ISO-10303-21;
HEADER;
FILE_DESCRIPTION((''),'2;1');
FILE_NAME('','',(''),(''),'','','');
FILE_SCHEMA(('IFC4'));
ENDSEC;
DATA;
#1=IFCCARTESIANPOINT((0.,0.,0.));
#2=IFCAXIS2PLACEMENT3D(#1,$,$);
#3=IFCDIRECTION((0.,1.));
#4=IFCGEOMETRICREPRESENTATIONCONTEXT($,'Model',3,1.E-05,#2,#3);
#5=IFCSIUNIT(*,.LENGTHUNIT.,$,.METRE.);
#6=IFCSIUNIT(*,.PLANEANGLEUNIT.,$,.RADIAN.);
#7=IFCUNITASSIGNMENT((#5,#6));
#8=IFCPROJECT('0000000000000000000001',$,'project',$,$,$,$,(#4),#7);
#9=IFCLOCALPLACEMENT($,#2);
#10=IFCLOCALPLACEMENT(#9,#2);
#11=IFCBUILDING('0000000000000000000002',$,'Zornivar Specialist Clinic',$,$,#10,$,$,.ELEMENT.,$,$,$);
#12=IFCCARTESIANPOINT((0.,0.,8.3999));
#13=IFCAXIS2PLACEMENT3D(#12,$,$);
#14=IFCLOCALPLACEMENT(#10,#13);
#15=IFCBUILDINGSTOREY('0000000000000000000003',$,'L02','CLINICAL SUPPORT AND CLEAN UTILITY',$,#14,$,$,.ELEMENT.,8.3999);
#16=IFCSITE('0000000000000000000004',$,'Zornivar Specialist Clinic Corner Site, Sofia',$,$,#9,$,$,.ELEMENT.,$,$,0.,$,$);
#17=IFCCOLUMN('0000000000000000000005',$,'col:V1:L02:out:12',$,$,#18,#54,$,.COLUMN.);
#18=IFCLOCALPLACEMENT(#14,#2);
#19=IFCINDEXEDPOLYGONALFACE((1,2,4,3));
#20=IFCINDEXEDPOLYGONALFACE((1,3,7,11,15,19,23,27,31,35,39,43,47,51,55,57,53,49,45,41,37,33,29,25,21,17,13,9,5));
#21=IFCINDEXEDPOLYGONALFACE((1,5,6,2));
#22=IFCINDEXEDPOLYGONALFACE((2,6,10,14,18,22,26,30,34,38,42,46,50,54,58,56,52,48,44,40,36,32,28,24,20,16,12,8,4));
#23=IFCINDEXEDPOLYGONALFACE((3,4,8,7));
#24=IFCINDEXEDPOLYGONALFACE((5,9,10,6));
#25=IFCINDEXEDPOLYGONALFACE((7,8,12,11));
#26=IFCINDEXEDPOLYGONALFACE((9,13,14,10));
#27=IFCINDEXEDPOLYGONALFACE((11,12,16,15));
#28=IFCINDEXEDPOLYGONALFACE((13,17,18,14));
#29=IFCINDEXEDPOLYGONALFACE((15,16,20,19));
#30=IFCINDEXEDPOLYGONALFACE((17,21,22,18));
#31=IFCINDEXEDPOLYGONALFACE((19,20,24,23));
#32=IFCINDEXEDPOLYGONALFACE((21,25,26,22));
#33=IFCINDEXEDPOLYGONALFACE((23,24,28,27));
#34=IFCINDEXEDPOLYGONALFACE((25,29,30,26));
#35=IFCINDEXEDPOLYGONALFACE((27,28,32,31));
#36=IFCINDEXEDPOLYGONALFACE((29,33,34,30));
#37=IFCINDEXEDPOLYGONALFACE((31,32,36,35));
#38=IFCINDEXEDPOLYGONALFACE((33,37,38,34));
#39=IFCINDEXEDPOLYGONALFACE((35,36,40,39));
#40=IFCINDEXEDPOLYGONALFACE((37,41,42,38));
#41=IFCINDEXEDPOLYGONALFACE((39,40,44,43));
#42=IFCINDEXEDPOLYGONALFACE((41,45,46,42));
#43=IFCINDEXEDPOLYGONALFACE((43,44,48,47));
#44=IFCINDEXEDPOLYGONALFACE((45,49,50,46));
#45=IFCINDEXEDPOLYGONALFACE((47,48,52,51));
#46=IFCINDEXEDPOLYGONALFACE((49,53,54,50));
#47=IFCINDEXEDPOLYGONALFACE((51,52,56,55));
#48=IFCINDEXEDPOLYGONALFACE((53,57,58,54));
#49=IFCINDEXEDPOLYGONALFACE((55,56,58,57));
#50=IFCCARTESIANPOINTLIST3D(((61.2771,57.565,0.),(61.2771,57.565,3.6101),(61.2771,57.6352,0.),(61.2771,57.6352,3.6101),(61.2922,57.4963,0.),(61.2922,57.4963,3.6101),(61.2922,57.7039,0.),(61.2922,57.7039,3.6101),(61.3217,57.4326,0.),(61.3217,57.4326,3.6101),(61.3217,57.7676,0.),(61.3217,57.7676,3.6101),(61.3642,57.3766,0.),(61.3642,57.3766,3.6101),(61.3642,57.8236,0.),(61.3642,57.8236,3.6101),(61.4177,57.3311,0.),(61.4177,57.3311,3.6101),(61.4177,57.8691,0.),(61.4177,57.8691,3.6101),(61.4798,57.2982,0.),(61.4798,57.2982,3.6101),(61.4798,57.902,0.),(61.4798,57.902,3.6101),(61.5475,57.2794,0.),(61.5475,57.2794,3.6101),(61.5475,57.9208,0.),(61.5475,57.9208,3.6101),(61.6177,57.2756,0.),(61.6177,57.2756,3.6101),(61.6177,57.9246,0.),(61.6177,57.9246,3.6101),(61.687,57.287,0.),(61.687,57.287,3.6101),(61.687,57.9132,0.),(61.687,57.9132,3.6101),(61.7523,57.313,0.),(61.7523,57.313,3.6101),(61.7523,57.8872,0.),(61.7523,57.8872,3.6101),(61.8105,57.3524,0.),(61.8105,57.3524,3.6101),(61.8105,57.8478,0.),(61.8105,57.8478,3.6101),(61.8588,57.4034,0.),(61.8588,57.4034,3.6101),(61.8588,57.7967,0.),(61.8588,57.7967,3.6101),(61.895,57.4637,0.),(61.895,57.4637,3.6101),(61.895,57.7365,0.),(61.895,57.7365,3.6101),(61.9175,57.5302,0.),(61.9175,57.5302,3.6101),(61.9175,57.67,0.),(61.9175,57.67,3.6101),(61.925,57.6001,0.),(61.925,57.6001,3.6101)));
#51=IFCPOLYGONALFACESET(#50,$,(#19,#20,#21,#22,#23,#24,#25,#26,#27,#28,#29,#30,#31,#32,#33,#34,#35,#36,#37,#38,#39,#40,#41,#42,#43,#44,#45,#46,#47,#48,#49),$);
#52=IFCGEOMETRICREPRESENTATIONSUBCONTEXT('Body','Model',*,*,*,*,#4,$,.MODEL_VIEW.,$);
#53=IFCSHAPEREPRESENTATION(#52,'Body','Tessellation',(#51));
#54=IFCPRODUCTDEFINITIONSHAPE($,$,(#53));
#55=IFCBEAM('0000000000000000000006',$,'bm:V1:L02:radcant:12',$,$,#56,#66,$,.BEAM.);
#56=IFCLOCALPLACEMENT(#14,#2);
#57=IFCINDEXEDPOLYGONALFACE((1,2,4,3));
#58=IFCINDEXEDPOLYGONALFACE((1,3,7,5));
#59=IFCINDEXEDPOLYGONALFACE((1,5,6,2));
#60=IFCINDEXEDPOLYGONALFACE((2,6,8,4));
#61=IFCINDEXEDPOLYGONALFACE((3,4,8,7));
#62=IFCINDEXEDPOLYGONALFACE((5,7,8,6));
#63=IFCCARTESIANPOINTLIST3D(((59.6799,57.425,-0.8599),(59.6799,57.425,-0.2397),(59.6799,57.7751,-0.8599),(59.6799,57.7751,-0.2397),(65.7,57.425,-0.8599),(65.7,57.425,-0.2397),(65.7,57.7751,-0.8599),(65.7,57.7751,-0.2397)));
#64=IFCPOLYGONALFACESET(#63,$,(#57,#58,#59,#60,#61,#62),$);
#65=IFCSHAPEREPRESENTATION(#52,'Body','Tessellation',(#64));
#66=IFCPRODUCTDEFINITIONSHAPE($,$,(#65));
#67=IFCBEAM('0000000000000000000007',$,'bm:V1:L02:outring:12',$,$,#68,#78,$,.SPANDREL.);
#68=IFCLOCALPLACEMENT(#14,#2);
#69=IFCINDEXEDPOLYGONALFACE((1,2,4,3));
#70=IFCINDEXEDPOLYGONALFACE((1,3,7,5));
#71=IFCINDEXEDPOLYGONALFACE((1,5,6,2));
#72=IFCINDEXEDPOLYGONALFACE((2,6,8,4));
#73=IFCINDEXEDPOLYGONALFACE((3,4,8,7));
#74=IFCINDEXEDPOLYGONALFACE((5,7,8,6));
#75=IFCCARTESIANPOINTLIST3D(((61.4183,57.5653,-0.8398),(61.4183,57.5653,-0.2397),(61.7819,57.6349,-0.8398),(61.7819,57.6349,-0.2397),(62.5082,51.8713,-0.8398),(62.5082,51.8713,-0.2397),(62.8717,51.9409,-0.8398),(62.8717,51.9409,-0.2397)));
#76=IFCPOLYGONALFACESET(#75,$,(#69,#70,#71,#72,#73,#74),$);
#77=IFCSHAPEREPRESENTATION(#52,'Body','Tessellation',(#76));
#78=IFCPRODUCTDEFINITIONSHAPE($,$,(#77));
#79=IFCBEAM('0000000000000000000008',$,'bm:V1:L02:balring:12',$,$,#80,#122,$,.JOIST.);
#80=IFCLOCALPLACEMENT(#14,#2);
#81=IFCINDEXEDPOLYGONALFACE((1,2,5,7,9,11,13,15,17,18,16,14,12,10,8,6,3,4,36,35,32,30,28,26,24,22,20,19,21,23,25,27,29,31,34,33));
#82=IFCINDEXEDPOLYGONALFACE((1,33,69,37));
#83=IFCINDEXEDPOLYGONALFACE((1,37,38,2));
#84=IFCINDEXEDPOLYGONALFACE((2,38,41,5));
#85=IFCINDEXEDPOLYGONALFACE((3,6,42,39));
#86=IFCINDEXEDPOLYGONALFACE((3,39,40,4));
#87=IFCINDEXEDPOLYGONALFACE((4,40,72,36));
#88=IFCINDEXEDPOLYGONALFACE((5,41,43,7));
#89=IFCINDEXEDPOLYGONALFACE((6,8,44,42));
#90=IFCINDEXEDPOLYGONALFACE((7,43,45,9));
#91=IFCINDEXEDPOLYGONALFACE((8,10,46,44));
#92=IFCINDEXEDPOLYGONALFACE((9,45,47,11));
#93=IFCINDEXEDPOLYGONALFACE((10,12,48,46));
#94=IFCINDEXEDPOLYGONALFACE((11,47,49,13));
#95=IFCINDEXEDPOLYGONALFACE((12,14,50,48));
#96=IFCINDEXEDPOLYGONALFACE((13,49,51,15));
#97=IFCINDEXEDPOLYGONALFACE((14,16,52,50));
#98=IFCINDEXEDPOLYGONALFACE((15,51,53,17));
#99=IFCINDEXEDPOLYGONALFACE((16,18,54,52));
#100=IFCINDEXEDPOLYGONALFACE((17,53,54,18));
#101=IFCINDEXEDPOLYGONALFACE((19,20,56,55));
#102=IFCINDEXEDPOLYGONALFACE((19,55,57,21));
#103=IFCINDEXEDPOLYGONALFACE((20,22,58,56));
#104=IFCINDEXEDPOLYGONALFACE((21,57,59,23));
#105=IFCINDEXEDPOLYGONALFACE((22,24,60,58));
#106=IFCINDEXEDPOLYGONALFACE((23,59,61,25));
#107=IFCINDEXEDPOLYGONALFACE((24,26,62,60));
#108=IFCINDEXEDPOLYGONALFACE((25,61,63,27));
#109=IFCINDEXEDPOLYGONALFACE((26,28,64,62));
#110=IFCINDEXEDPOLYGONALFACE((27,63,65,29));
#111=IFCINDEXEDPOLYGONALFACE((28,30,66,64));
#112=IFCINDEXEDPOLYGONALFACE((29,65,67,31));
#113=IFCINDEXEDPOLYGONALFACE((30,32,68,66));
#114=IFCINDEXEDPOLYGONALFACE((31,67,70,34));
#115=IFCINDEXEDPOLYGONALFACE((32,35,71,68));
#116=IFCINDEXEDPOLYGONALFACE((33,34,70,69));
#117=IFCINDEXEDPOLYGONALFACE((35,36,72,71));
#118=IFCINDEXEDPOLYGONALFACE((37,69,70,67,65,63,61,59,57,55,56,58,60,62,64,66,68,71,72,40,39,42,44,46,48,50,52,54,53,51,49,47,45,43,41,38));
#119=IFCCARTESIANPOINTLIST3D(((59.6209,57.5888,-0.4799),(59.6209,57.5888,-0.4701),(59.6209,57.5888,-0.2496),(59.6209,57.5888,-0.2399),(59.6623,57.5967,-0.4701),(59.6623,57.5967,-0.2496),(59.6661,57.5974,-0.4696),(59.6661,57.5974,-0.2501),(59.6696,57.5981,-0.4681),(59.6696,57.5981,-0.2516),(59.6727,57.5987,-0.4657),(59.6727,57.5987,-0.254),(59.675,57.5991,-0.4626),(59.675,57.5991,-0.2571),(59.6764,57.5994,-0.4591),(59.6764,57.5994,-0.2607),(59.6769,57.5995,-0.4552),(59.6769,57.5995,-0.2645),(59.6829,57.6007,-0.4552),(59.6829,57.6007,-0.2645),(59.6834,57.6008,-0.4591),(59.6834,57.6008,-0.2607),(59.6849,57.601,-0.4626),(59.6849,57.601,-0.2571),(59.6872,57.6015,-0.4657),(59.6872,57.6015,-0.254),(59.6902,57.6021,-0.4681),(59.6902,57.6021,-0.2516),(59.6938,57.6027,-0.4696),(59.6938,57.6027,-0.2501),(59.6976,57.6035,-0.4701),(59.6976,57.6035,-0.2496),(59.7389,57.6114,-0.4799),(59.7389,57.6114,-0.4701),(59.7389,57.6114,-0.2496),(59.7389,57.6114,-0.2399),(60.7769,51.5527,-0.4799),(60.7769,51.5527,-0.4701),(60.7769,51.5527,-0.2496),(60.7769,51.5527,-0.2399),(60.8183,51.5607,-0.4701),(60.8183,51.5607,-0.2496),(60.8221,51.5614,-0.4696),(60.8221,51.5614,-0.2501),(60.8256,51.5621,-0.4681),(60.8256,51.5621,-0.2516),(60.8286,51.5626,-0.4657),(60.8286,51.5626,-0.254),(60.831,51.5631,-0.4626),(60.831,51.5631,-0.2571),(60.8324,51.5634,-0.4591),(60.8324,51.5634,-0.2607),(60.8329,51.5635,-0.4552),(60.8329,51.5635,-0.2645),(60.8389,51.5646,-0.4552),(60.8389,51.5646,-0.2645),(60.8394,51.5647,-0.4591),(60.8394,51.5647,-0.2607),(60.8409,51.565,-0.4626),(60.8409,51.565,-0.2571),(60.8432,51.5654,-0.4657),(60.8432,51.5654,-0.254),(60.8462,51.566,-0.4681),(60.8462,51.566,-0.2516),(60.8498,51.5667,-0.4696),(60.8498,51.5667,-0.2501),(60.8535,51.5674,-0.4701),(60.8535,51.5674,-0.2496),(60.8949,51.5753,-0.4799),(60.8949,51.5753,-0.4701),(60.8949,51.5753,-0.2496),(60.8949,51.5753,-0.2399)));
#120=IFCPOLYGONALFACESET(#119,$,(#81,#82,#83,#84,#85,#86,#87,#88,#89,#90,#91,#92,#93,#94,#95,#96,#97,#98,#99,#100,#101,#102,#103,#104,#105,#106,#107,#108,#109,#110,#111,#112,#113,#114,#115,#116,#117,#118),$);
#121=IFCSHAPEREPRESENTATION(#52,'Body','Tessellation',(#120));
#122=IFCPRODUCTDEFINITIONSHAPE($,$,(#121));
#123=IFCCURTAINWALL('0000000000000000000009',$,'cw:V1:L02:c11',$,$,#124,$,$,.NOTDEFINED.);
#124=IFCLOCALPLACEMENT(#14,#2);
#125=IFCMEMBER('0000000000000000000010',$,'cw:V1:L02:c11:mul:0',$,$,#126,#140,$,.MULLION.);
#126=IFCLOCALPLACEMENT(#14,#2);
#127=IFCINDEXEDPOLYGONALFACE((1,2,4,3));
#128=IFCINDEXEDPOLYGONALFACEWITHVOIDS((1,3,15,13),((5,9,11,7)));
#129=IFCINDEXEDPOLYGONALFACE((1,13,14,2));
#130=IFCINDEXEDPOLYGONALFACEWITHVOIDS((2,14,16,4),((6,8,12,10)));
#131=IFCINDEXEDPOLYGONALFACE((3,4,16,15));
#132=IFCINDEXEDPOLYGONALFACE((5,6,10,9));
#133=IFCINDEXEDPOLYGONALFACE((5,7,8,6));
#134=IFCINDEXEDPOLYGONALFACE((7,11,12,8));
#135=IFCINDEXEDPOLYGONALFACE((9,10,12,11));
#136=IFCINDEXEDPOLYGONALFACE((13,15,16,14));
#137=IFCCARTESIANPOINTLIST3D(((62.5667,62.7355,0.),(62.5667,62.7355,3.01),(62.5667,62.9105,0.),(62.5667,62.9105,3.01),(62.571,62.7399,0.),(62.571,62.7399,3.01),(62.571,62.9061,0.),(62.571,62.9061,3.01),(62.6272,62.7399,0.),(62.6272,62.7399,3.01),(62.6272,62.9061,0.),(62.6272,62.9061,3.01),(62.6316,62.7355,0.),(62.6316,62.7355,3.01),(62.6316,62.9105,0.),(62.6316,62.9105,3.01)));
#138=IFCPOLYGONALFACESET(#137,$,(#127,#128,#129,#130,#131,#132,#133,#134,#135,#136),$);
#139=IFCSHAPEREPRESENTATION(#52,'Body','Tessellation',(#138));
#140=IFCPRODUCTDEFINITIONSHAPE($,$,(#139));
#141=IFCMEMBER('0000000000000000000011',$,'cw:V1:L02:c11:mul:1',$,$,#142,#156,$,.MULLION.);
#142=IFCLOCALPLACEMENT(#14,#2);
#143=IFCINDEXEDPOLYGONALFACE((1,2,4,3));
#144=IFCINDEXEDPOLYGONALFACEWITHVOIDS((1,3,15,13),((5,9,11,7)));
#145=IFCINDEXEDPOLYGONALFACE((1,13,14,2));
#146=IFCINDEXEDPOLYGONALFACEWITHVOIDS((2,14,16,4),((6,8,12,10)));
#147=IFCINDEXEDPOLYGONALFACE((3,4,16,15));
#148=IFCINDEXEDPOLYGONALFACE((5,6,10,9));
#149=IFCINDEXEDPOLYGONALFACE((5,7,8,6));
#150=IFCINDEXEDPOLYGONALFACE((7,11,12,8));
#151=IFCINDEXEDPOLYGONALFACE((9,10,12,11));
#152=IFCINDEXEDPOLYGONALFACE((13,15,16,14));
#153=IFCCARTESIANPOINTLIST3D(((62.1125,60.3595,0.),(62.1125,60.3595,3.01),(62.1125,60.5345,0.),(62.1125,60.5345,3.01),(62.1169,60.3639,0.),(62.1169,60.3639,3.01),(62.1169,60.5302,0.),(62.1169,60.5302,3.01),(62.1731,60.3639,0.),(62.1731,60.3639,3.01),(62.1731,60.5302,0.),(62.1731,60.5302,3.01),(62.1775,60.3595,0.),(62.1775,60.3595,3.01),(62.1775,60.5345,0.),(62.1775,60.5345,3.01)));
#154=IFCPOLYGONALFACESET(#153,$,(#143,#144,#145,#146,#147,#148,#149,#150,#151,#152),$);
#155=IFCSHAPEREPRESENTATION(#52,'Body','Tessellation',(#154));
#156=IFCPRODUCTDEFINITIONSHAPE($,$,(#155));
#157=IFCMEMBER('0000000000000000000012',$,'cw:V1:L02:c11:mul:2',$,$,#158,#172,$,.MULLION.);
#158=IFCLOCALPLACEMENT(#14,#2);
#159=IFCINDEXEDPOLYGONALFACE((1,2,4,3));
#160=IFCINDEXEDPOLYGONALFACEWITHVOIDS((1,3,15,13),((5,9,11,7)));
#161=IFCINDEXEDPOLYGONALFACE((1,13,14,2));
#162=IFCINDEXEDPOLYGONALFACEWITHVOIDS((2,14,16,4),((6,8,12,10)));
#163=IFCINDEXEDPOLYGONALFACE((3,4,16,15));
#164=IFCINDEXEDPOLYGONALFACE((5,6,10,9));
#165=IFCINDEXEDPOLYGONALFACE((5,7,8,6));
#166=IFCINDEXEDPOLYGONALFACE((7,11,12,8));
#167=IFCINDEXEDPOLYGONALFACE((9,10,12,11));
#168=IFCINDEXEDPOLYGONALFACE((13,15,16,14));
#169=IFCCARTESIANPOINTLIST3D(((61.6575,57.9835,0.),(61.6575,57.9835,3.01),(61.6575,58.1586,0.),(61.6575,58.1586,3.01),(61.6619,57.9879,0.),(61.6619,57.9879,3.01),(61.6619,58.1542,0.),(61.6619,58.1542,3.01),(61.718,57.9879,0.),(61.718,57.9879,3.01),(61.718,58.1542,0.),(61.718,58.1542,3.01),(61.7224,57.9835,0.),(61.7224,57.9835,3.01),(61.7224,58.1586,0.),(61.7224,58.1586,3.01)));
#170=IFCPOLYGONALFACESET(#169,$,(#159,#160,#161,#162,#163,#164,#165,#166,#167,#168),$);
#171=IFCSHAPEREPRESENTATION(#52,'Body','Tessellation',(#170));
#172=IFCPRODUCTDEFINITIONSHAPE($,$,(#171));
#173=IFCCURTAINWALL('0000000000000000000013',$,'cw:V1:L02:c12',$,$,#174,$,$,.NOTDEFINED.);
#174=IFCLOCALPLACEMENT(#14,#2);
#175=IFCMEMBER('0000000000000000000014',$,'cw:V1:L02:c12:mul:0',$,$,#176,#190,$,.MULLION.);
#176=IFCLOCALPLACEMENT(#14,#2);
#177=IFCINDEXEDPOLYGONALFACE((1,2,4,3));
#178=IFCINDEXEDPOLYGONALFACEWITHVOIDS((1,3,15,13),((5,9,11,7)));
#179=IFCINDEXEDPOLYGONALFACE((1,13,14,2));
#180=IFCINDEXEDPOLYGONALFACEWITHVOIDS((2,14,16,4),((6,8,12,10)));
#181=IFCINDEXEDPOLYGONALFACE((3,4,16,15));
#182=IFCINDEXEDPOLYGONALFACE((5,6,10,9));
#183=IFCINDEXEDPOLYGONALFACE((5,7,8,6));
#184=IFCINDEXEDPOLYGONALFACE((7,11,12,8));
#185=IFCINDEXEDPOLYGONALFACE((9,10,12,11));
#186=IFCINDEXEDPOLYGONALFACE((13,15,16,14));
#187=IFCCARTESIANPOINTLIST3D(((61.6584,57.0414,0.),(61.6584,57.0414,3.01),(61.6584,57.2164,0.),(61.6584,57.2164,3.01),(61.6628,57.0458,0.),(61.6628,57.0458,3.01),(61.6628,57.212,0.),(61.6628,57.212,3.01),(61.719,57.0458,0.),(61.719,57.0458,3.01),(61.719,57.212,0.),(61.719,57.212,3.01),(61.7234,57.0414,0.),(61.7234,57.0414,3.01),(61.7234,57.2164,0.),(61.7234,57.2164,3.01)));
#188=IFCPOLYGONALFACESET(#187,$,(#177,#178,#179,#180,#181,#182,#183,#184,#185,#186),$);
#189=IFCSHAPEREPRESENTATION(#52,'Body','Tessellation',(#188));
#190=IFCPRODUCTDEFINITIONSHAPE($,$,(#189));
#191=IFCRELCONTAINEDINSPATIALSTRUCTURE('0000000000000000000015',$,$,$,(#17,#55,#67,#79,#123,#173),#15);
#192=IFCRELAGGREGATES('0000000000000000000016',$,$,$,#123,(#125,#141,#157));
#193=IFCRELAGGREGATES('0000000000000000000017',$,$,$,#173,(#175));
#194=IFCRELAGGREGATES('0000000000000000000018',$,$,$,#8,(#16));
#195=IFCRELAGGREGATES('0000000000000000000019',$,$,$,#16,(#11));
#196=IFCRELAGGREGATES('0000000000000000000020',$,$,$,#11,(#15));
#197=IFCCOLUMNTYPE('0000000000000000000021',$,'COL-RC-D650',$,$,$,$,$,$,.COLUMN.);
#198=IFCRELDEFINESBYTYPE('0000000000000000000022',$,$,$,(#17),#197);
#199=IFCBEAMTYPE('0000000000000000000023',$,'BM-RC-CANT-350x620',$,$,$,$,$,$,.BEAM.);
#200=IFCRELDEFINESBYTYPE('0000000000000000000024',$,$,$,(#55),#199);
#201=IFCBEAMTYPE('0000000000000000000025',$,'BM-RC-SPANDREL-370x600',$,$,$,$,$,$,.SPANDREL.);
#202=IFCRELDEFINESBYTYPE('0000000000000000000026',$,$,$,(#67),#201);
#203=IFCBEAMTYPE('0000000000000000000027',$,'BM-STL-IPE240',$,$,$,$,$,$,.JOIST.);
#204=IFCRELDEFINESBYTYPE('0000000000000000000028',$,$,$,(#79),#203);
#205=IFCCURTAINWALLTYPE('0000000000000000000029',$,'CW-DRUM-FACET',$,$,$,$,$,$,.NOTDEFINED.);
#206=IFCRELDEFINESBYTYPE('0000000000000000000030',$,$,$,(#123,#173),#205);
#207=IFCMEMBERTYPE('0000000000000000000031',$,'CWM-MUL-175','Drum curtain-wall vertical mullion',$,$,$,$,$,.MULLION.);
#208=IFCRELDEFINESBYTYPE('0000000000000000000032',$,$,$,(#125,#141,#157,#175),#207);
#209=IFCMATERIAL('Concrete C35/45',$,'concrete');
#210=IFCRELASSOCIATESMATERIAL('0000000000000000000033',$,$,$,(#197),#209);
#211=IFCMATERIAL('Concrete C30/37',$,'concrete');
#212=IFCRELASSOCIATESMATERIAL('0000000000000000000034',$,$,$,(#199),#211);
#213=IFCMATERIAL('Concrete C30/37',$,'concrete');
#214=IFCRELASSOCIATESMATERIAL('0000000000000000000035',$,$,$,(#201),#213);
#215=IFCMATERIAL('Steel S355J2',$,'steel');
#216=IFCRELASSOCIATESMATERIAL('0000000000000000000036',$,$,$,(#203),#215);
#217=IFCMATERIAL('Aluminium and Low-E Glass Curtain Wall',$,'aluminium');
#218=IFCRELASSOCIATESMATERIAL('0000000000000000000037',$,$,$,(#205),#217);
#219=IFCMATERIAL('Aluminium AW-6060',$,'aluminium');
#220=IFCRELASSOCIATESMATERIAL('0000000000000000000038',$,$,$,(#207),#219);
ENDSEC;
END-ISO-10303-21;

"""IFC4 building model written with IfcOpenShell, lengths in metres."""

from ifc_helpers import new_model, si_unit, direction, frame, origin, origin_2d, place, context, subcontext, project, spatial, rectangle, hollow_rectangle, circle, i_section, extrude, material, material_profile, profile_set, type_object, element, aggregate, save


model = new_model("IFC4")

# Units and contexts
model_context = context("Model", 3, precision=1e-05, world=origin(), true_north=direction((0.0, 1.0)))
body_context = subcontext(model_context, "Body", "Model", "MODEL_VIEW")
ifc_project = project(units=[si_unit("LENGTHUNIT", "METRE"), si_unit("PLANEANGLEUNIT", "RADIAN")], contexts=[model_context])

# Site, building, storey
site_placement = place(None, origin())
site = spatial("IfcSite", under=ifc_project, at=site_placement, Name="Zornivar Specialist Clinic Corner Site, Sofia", CompositionType="ELEMENT", RefElevation=0.0)
building_placement = place(site_placement, origin())
building = spatial("IfcBuilding", under=site, at=building_placement, Name="Zornivar Specialist Clinic", CompositionType="ELEMENT")
storey_placement = place(building_placement, frame((0.0, 0.0, 8.3999)))
storey = spatial("IfcBuildingStorey", under=building, at=storey_placement, Name="L02", Description="CLINICAL SUPPORT AND CLEAN UTILITY", CompositionType="ELEMENT", Elevation=8.3999)

# Column
ifc_material_1 = material(Name="Concrete C35/45", Category="concrete")
ifc_material_profile_1 = material_profile(ifc_material_1, circle(Radius=0.325, at=origin_2d()), Name="RC D650")
ifc_profile_set_1 = profile_set([ifc_material_profile_1], Name="Concrete C35/45")
column_type = type_object("IfcColumnType", Name="COL-RC-D650", PredefinedType="COLUMN", material=ifc_profile_set_1)
column_placement = place(storey_placement, frame((61.6001, 57.6001, 0.0), z_axis=(0.0, 0.0, 1.0), x_axis=(1.0, 0.0, 0.0)))
element("IfcColumn", 1, at=column_placement, inside=storey, type_object=column_type, Name="col:V1:L02:out:12", PredefinedType="COLUMN", context=body_context, shape_type="SweptSolid", body=[
    extrude(circle(Radius=0.325, at=origin_2d()), origin(), (0.0, 0.0, 1.0), 3.6101),
])

# Beams
ifc_material_2 = material(Name="Concrete C30/37", Category="concrete")
ifc_material_profile_2 = material_profile(ifc_material_2, rectangle(XDim=0.3501, YDim=0.6201, at=origin_2d()), Name="RC 350x620")
ifc_profile_set_2 = profile_set([ifc_material_profile_2], Name="Concrete C30/37")
beam_type_1 = type_object("IfcBeamType", Name="BM-RC-CANT-350x620", PredefinedType="BEAM", material=ifc_profile_set_2)
beam_1_placement = place(storey_placement, frame((65.7, 57.6001, -0.5498), z_axis=(-1.0, 0.0, 0.0), x_axis=(0.0, -1.0, 0.0)))
element("IfcBeam", 2, at=beam_1_placement, inside=storey, type_object=beam_type_1, Name="bm:V1:L02:radcant:12", PredefinedType="BEAM", context=body_context, shape_type="SweptSolid", body=[
    extrude(rectangle(XDim=0.3501, YDim=0.6201, at=origin_2d()), origin(), (0.0, 0.0, 1.0), 6.02),
])
ifc_material_3 = material(Name="Concrete C30/37", Category="concrete")
ifc_material_profile_3 = material_profile(ifc_material_3, rectangle(XDim=0.3701, YDim=0.6001, at=origin_2d()), Name="RC 370x600")
ifc_profile_set_3 = profile_set([ifc_material_profile_3], Name="Concrete C30/37")
beam_type_2 = type_object("IfcBeamType", Name="BM-RC-SPANDREL-370x600", PredefinedType="SPANDREL", material=ifc_profile_set_3)
beam_2_placement = place(storey_placement, frame((61.6001, 57.6001, -0.5398), z_axis=(0.187987, -0.982172, 0.0), x_axis=(0.982172, 0.187987, 0.0)))
element("IfcBeam", 3, at=beam_2_placement, inside=storey, type_object=beam_type_2, Name="bm:V1:L02:outring:12", PredefinedType="SPANDREL", context=body_context, shape_type="SweptSolid", body=[
    extrude(rectangle(XDim=0.3701, YDim=0.6001, at=origin_2d()), origin(), (0.0, 0.0, 1.0), 5.7974),
])
ifc_material_4 = material(Name="Steel S355J2", Category="steel")
ifc_material_profile_4 = material_profile(ifc_material_4, i_section(OverallWidth=0.1201, OverallDepth=0.24, WebThickness=0.0061, FlangeThickness=0.0098, FilletRadius=0.0149, at=origin_2d()), Name="IPE 240")
ifc_profile_set_4 = profile_set([ifc_material_profile_4], Name="Steel S355J2")
beam_type_3 = type_object("IfcBeamType", Name="BM-STL-IPE240", PredefinedType="JOIST", material=ifc_profile_set_4)
beam_3_placement = place(storey_placement, frame((59.6799, 57.6001, -0.3599), z_axis=(0.188096, -0.982151, 0.0), x_axis=(0.982151, 0.188096, 0.0)))
element("IfcBeam", 4, at=beam_3_placement, inside=storey, type_object=beam_type_3, Name="bm:V1:L02:balring:12", PredefinedType="JOIST", context=body_context, shape_type="SweptSolid", body=[
    extrude(i_section(OverallWidth=0.1201, OverallDepth=0.24, WebThickness=0.0061, FlangeThickness=0.0098, FilletRadius=0.0149, at=origin_2d()), origin(), (0.0, 0.0, 1.0), 6.1458),
])

# Curtain walls, members
ifc_material_5 = material(Name="Aluminium and Low-E Glass Curtain Wall", Category="aluminium")
curtain_wall_type = type_object("IfcCurtainWallType", Name="CW-DRUM-FACET", PredefinedType="NOTDEFINED", material=ifc_material_5)
curtain_wall_1_placement = place(storey_placement, origin())
curtain_wall_1 = element("IfcCurtainWall", 5, at=curtain_wall_1_placement, inside=storey, type_object=curtain_wall_type, Name="cw:V1:L02:c11", PredefinedType="NOTDEFINED")
ifc_material_6 = material(Name="Aluminium AW-6060", Category="aluminium")
ifc_material_profile_5 = material_profile(ifc_material_6, hollow_rectangle(XDim=0.0649, YDim=0.175, WallThickness=0.0044, at=origin_2d()), Name="ALU 65x175x4.5")
ifc_profile_set_5 = profile_set([ifc_material_profile_5], Name="Aluminium AW-6060")
member_type_1 = type_object("IfcMemberType", Name="CWM-MUL-175", Description="Drum curtain-wall vertical mullion", PredefinedType="MULLION", material=ifc_profile_set_5)
member_1_placement = place(storey_placement, frame((62.5991, 62.823, 0.0), z_axis=(0.0, 0.0, 1.0), x_axis=(1.0, 0.0, 0.0)))
member_1 = element("IfcMember", 6, at=member_1_placement, type_object=member_type_1, Name="cw:V1:L02:c11:mul:0", PredefinedType="MULLION", context=body_context, shape_type="SweptSolid", body=[
    extrude(hollow_rectangle(XDim=0.0649, YDim=0.175, WallThickness=0.0044, at=origin_2d()), origin(), (0.0, 0.0, 1.0), 3.01),
])
member_2_placement = place(storey_placement, frame((62.145, 60.447, 0.0), z_axis=(0.0, 0.0, 1.0), x_axis=(1.0, 0.0, 0.0)))
member_2 = element("IfcMember", 7, at=member_2_placement, type_object=member_type_1, Name="cw:V1:L02:c11:mul:1", PredefinedType="MULLION", context=body_context, shape_type="SweptSolid", body=[
    extrude(hollow_rectangle(XDim=0.0649, YDim=0.175, WallThickness=0.0044, at=origin_2d()), origin(), (0.0, 0.0, 1.0), 3.01),
])
member_3_placement = place(storey_placement, frame((61.6899, 58.071, 0.0), z_axis=(0.0, 0.0, 1.0), x_axis=(1.0, 0.0, 0.0)))
member_3 = element("IfcMember", 8, at=member_3_placement, type_object=member_type_1, Name="cw:V1:L02:c11:mul:2", PredefinedType="MULLION", context=body_context, shape_type="SweptSolid", body=[
    extrude(hollow_rectangle(XDim=0.0649, YDim=0.175, WallThickness=0.0044, at=origin_2d()), origin(), (0.0, 0.0, 1.0), 3.01),
])
curtain_wall_2_placement = place(storey_placement, origin())
curtain_wall_2 = element("IfcCurtainWall", 9, at=curtain_wall_2_placement, inside=storey, type_object=curtain_wall_type, Name="cw:V1:L02:c12", PredefinedType="NOTDEFINED")
member_4_placement = place(storey_placement, frame((61.6909, 57.1289, 0.0), z_axis=(0.0, 0.0, 1.0), x_axis=(1.0, 0.0, 0.0)))
member_4 = element("IfcMember", 10, at=member_4_placement, type_object=member_type_1, Name="cw:V1:L02:c12:mul:0", PredefinedType="MULLION", context=body_context, shape_type="SweptSolid", body=[
    extrude(hollow_rectangle(XDim=0.0649, YDim=0.175, WallThickness=0.0044, at=origin_2d()), origin(), (0.0, 0.0, 1.0), 3.01),
])

aggregate(curtain_wall_1, [member_1, member_2, member_3])
aggregate(curtain_wall_2, [member_4])

save(model, "model.ifc")
